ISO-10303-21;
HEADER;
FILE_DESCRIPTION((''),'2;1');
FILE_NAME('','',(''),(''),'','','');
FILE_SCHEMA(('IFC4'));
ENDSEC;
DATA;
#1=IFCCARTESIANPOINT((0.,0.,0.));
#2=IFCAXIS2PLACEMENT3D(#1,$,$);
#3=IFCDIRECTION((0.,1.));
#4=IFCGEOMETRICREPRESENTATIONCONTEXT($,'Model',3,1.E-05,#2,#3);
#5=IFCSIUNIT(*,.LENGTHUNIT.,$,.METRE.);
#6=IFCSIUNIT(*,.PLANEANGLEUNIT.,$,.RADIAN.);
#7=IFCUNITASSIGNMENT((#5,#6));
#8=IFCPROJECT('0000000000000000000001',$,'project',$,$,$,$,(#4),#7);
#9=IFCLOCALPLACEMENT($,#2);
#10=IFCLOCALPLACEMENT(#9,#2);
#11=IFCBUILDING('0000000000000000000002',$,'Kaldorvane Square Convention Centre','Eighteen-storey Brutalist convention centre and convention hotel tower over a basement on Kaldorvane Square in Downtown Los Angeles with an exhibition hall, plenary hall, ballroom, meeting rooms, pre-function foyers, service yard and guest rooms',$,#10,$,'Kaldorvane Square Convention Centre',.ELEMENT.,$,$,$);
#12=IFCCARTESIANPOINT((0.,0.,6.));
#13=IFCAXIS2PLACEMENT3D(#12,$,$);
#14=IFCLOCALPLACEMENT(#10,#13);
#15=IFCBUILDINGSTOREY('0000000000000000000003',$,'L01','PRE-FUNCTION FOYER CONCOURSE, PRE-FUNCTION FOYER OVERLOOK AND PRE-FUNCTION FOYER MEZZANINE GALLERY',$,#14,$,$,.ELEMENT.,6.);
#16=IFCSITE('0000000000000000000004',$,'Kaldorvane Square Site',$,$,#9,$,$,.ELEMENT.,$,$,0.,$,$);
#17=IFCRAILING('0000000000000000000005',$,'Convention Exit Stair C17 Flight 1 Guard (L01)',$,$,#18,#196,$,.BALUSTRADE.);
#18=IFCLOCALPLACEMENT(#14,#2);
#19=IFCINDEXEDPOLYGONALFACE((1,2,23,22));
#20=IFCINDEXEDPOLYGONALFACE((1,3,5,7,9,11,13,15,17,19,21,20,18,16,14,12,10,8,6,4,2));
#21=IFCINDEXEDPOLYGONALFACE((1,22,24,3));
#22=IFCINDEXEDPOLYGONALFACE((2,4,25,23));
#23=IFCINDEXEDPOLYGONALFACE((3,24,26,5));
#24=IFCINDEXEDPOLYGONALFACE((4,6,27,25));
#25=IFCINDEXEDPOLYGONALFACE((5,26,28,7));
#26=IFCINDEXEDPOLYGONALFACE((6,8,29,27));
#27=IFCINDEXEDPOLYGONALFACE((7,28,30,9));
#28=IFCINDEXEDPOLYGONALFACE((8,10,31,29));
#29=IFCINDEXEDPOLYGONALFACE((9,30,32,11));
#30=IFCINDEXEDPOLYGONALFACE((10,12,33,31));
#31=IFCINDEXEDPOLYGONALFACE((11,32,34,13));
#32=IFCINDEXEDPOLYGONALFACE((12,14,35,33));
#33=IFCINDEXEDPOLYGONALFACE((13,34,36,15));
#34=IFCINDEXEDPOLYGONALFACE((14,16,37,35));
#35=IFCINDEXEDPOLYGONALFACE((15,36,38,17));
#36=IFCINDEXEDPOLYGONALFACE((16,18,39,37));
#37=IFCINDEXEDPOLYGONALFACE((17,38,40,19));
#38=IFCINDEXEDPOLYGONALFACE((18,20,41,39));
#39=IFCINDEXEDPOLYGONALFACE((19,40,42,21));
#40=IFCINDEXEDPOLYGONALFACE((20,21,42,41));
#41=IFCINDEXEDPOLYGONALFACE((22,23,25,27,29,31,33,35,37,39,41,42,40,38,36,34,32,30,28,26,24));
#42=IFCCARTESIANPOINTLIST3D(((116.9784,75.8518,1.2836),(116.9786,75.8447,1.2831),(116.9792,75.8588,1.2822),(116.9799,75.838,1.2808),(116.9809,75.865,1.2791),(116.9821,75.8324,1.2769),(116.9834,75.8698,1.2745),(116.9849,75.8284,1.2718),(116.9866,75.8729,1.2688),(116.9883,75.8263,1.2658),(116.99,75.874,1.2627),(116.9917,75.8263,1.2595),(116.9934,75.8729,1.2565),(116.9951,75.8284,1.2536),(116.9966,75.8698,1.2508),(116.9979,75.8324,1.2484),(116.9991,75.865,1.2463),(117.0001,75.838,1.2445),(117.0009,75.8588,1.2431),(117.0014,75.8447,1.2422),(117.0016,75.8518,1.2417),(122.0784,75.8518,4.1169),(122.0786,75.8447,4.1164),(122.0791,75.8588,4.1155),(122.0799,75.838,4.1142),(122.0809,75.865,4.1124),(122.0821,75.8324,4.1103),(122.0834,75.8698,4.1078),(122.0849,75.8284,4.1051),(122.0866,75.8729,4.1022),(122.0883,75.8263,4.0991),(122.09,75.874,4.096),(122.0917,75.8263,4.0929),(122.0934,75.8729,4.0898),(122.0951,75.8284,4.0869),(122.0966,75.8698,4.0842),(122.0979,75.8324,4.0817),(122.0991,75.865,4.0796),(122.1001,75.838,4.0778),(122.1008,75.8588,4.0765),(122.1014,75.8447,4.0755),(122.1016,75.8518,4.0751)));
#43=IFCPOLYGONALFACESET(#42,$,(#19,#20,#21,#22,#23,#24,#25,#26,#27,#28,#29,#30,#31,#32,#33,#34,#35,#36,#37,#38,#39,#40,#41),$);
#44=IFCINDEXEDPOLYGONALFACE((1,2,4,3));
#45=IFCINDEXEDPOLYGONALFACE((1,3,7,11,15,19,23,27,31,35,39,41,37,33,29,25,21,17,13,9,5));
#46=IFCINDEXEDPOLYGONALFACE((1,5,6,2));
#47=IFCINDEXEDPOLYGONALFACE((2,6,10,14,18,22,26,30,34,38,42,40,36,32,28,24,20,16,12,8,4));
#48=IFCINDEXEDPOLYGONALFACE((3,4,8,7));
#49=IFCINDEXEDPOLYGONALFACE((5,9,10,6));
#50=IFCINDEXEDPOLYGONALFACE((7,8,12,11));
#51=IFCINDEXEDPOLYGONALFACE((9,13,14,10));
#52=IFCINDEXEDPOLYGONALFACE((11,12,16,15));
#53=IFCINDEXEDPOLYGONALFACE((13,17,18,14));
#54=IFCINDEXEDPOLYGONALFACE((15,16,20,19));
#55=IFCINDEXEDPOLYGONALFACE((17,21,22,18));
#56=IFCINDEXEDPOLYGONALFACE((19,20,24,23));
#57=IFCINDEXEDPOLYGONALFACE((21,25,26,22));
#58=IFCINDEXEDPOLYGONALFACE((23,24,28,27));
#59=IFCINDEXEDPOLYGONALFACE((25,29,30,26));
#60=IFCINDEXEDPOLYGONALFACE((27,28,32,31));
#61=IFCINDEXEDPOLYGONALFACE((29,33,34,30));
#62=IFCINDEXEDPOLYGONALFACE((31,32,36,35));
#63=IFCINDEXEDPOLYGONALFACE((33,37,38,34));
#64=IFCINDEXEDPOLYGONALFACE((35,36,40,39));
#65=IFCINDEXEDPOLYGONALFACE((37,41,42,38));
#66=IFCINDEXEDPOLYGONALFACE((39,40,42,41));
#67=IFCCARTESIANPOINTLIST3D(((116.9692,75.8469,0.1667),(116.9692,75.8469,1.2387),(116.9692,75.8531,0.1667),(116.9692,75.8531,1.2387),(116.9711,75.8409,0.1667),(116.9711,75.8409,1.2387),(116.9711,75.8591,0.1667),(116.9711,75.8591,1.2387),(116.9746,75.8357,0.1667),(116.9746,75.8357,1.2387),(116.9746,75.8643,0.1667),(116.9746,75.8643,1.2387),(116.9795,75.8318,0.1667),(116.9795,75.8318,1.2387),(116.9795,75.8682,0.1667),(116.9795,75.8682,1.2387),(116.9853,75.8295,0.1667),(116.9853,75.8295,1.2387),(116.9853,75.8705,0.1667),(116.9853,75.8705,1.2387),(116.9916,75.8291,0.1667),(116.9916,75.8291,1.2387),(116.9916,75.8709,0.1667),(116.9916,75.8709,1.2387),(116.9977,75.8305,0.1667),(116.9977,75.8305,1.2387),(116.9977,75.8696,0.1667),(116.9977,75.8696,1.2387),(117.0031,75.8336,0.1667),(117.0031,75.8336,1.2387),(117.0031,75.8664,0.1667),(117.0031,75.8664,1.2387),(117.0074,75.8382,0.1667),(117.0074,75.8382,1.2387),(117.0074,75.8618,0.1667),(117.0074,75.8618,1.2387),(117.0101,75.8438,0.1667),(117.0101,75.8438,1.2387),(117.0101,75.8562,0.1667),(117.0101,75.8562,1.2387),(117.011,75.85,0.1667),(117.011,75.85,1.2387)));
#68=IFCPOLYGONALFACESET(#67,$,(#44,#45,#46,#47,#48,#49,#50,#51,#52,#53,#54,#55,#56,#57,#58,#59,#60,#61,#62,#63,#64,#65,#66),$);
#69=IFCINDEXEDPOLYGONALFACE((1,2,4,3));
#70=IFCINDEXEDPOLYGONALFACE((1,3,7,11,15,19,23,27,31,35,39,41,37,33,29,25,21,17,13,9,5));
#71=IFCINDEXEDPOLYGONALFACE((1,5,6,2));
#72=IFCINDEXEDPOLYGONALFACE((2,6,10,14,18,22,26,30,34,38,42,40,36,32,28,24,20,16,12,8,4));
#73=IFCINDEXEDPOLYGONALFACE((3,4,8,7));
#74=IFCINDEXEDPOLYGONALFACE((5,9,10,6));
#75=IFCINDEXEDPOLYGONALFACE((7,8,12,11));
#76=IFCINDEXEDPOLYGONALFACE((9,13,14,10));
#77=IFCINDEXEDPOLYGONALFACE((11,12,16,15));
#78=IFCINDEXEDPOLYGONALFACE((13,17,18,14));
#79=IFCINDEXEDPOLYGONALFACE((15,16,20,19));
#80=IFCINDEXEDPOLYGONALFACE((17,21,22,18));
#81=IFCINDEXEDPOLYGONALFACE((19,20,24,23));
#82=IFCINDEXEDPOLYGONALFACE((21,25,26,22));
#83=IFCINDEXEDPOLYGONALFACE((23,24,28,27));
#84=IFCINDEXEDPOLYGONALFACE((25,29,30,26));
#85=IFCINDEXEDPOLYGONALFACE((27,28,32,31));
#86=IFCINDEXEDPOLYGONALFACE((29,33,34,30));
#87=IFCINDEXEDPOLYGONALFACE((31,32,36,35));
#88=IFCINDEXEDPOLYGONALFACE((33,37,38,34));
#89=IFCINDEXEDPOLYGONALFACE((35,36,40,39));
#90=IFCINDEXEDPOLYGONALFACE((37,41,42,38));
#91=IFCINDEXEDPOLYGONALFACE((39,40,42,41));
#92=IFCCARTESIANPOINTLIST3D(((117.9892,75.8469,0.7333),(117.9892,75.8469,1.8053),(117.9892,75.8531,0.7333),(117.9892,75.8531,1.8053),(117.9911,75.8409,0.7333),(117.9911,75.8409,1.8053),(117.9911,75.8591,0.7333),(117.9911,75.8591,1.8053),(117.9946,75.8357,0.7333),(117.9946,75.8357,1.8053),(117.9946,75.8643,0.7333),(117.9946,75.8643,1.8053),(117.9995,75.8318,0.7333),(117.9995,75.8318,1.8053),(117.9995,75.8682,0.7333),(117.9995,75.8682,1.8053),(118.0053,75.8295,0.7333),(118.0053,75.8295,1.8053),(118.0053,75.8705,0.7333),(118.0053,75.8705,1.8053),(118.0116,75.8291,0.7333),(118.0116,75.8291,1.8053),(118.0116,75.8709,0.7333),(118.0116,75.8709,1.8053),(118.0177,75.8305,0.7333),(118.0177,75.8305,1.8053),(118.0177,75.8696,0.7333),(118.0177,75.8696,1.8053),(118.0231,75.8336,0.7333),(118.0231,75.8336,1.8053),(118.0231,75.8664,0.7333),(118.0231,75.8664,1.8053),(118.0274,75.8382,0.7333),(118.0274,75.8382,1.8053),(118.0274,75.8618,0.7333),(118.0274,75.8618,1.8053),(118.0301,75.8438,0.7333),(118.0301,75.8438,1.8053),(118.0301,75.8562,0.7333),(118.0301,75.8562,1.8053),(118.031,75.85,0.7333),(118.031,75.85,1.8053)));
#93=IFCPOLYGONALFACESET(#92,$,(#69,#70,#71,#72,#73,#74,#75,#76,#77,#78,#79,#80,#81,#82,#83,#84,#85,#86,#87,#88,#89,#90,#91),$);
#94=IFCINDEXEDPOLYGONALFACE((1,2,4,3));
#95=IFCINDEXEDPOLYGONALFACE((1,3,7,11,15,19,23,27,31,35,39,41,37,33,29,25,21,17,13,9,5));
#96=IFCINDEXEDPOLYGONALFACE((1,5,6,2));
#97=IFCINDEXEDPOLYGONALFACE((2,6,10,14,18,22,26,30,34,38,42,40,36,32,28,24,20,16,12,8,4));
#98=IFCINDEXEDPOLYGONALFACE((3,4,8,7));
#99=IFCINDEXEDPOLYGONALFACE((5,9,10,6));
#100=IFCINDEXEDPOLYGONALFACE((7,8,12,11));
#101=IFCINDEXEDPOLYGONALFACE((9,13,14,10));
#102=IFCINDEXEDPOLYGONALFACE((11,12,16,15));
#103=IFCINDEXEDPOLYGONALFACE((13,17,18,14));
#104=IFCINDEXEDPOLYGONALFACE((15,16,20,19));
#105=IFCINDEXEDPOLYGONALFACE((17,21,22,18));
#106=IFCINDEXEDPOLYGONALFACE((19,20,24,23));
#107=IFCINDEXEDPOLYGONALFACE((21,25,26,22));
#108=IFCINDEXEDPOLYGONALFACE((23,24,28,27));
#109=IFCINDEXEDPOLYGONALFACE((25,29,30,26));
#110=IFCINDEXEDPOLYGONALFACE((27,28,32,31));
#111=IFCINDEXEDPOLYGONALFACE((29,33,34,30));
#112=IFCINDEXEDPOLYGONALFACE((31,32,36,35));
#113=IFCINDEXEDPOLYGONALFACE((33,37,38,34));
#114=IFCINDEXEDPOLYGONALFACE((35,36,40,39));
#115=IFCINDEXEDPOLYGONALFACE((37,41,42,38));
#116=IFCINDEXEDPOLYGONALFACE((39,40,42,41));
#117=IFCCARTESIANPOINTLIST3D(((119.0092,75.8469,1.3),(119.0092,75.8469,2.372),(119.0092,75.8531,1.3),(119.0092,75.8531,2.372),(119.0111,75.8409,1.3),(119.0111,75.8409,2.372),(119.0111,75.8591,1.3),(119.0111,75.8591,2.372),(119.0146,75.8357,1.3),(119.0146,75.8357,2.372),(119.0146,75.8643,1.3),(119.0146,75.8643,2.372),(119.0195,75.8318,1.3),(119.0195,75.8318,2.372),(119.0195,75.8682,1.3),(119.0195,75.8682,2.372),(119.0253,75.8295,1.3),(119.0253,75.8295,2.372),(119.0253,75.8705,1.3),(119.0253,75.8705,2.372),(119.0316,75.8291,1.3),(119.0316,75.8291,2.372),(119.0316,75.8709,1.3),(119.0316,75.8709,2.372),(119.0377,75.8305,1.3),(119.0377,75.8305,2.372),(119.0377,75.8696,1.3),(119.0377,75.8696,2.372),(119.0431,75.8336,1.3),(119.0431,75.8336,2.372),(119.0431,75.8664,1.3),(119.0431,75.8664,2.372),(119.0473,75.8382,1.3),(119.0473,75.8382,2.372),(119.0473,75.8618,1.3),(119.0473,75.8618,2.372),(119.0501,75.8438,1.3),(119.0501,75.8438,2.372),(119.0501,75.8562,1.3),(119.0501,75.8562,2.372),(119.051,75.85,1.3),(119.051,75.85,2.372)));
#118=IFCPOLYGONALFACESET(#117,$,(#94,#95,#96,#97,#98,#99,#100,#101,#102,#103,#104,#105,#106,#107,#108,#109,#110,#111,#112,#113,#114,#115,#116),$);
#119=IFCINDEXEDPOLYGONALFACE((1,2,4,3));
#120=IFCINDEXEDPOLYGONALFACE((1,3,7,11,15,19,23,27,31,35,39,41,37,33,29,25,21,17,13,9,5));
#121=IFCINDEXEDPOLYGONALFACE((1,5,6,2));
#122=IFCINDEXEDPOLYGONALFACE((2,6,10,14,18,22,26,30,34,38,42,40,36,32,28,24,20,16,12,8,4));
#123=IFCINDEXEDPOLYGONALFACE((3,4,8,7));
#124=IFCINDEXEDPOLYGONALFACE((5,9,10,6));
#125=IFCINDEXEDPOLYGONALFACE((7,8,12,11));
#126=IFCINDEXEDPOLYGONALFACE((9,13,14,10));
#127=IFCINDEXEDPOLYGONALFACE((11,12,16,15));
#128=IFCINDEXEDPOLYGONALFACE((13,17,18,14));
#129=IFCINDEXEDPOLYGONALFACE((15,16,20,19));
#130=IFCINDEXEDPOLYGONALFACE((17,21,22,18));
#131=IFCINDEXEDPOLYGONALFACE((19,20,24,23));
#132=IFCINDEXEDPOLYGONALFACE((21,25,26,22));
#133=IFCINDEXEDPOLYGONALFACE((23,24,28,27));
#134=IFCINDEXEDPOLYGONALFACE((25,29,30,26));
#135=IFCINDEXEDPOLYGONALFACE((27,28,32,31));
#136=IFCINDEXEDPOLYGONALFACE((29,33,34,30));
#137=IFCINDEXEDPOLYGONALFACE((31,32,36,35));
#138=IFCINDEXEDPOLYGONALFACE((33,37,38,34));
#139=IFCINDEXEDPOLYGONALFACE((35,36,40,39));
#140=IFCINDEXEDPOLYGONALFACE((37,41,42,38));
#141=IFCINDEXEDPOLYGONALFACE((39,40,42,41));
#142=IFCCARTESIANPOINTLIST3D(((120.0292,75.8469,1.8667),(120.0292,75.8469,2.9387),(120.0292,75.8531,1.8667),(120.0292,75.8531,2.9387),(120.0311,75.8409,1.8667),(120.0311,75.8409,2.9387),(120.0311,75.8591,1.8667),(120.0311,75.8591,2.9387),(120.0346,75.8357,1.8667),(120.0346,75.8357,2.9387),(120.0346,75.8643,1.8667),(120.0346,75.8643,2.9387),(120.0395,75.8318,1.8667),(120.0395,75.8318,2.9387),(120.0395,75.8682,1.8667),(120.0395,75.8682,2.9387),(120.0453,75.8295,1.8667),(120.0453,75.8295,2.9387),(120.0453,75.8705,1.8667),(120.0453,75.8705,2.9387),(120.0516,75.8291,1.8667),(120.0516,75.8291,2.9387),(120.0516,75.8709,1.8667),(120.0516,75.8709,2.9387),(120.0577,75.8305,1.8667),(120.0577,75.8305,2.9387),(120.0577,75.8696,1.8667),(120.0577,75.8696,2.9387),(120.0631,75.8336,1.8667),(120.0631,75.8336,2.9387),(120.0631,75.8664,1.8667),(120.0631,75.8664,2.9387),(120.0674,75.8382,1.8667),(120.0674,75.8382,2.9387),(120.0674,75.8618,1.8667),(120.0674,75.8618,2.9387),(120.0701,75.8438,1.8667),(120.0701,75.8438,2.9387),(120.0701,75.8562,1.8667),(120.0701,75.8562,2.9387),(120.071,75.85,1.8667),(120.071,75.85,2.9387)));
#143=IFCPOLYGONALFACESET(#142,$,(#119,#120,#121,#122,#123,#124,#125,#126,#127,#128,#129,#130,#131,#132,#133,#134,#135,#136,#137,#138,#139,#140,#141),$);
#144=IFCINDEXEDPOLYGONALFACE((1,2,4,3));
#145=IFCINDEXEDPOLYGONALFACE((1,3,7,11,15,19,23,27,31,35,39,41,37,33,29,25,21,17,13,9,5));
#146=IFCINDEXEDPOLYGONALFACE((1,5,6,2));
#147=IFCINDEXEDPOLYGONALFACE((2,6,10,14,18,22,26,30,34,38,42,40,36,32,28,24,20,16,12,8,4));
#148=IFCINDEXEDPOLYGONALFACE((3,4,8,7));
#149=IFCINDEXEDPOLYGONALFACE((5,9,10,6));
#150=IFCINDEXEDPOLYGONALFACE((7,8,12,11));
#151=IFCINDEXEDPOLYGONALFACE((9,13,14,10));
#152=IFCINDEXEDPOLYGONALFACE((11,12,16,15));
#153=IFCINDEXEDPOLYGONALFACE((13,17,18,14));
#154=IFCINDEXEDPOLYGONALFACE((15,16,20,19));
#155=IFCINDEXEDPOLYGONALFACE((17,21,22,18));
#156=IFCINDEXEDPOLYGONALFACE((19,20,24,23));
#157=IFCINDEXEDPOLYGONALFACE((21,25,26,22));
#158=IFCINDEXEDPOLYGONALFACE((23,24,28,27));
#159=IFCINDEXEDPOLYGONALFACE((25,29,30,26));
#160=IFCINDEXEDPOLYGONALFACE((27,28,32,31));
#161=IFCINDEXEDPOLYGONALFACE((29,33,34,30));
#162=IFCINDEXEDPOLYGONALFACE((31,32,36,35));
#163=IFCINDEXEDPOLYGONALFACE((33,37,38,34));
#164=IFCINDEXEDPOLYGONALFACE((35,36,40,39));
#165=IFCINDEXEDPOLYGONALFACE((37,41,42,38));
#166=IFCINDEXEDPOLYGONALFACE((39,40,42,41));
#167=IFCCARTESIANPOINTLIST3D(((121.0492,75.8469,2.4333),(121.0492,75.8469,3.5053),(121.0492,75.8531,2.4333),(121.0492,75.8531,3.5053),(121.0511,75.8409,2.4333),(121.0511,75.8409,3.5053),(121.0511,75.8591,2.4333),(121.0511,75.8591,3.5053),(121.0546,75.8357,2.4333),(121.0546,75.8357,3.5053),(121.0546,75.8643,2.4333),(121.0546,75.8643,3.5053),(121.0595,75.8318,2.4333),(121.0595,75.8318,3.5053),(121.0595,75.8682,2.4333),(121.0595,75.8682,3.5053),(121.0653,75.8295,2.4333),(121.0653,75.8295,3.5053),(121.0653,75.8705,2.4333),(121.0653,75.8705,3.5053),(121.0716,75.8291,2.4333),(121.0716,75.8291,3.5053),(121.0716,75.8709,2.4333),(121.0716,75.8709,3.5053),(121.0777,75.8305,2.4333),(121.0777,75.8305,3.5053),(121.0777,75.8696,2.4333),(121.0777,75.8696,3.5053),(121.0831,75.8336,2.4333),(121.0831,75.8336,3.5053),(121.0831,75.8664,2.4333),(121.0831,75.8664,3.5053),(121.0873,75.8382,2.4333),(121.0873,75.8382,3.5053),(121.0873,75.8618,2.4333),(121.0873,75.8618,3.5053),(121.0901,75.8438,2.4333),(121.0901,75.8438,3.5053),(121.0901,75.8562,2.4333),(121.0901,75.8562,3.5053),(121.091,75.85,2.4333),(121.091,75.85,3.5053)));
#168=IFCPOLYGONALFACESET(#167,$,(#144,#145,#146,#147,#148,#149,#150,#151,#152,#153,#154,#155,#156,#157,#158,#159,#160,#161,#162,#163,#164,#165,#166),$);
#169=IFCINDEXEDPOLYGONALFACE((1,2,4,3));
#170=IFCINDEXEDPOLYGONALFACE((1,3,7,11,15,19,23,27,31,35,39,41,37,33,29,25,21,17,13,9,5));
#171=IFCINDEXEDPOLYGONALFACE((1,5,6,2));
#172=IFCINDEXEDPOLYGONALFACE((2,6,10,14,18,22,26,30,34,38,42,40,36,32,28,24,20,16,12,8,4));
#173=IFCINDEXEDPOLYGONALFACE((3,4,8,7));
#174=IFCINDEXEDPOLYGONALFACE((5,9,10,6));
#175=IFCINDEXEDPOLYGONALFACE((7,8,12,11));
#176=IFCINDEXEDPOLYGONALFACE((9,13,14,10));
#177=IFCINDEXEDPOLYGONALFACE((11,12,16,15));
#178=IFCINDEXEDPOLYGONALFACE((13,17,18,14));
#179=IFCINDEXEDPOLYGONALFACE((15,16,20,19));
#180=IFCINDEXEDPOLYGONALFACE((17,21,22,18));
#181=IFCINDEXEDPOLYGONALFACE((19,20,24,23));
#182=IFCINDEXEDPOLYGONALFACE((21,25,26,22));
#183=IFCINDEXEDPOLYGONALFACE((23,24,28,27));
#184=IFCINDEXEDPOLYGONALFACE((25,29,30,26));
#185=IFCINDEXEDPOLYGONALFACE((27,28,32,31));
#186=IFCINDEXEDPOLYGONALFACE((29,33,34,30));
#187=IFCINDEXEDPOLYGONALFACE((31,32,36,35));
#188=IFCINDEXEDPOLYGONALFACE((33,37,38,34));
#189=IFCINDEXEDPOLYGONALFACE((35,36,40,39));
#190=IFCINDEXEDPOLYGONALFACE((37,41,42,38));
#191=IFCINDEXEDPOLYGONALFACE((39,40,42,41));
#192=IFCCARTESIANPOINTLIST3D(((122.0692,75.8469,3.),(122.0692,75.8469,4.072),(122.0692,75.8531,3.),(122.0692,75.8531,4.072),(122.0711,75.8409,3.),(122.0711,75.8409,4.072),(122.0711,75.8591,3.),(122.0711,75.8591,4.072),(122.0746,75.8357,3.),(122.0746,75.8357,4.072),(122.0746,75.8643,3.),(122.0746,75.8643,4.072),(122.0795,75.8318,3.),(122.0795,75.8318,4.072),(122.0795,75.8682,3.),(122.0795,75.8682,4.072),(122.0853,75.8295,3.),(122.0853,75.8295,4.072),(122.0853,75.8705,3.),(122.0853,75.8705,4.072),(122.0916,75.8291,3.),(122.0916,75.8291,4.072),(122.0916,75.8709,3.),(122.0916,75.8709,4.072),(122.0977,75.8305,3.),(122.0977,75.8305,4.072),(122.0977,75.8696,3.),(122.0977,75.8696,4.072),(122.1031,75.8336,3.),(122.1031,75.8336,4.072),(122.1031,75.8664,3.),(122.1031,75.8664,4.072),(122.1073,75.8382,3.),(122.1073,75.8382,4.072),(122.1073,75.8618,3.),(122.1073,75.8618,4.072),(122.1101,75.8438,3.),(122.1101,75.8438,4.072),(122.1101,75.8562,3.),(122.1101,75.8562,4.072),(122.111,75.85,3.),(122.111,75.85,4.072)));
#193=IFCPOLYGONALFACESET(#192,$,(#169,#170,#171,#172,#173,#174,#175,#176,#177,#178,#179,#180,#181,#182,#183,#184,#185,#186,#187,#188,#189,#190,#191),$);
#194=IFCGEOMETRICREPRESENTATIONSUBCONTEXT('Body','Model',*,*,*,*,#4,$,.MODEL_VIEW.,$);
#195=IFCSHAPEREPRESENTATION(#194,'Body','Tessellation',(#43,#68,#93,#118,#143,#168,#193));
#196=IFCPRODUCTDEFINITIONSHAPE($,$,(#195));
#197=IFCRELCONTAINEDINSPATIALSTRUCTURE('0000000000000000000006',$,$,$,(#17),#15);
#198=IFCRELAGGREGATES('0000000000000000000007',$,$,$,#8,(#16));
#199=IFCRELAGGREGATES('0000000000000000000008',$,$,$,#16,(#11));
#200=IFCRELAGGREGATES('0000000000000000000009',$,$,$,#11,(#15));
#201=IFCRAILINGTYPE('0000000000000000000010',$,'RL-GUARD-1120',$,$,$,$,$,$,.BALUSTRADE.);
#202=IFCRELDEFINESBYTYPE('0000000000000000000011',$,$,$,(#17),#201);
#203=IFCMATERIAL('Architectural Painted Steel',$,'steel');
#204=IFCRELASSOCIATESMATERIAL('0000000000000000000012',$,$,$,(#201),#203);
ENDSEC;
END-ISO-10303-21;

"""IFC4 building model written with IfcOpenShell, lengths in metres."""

from ifc_helpers import new_model, si_unit, direction, frame, origin, origin_2d, place, context, subcontext, project, spatial, circle, extrude, material, type_object, element, save


model = new_model("IFC4")

# Units and contexts
model_context = context("Model", 3, precision=1e-05, world=origin(), true_north=direction((0.0, 1.0)))
body_context = subcontext(model_context, "Body", "Model", "MODEL_VIEW")
ifc_project = project(units=[si_unit("LENGTHUNIT", "METRE"), si_unit("PLANEANGLEUNIT", "RADIAN")], contexts=[model_context])

# Site, building, storey
site_placement = place(None, origin())
site = spatial("IfcSite", under=ifc_project, at=site_placement, Name="Kaldorvane Square Site", CompositionType="ELEMENT", RefElevation=0.0)
building_placement = place(site_placement, origin())
building = spatial("IfcBuilding", under=site, at=building_placement, Name="Kaldorvane Square Convention Centre", Description="Eighteen-storey Brutalist convention centre and convention hotel tower over a basement on Kaldorvane Square in Downtown Los Angeles with an exhibition hall, plenary hall, ballroom, meeting rooms, pre-function foyers, service yard and guest rooms", LongName="Kaldorvane Square Convention Centre", CompositionType="ELEMENT")
storey_placement = place(building_placement, frame((0.0, 0.0, 6.0)))
storey = spatial("IfcBuildingStorey", under=building, at=storey_placement, Name="L01", Description="PRE-FUNCTION FOYER CONCOURSE, PRE-FUNCTION FOYER OVERLOOK AND PRE-FUNCTION FOYER MEZZANINE GALLERY", CompositionType="ELEMENT", Elevation=6.0)

# Railing
ifc_material_1 = material(Name="Architectural Painted Steel", Category="steel")
railing_type_1 = type_object("IfcRailingType", Name="RL-GUARD-1120", PredefinedType="BALUSTRADE", material=ifc_material_1)
railing_1_placement = place(storey_placement, frame((116.99, 75.85, 0.1667)))
element("IfcRailing", 1, at=railing_1_placement, inside=storey, type_object=railing_type_1, Name="Convention Exit Stair C17 Flight 1 Guard (L01)", PredefinedType="BALUSTRADE", context=body_context, shape_type="SweptSolid", body=[
    extrude(circle(Radius=0.024, at=origin_2d()), frame((0.0, 0.0, 1.096), z_axis=(0.874157, 0.0, 0.485643), x_axis=(0.0, 1.0, 0.0)), (0.0, 0.0, 1.0), 5.8342),
    extrude(circle(Radius=0.021, at=origin_2d()), origin(), (0.0, 0.0, 1.0), 1.072),
    extrude(circle(Radius=0.021, at=origin_2d()), frame((1.02, 0.0, 0.5667)), (0.0, 0.0, 1.0), 1.072),
    extrude(circle(Radius=0.021, at=origin_2d()), frame((2.04, 0.0, 1.1333)), (0.0, 0.0, 1.0), 1.072),
    extrude(circle(Radius=0.021, at=origin_2d()), frame((3.06, 0.0, 1.7)), (0.0, 0.0, 1.0), 1.072),
    extrude(circle(Radius=0.021, at=origin_2d()), frame((4.08, 0.0, 2.2667)), (0.0, 0.0, 1.0), 1.072),
    extrude(circle(Radius=0.021, at=origin_2d()), frame((5.1, 0.0, 2.8333)), (0.0, 0.0, 1.0), 1.072),
])

save(model, "model.ifc")
